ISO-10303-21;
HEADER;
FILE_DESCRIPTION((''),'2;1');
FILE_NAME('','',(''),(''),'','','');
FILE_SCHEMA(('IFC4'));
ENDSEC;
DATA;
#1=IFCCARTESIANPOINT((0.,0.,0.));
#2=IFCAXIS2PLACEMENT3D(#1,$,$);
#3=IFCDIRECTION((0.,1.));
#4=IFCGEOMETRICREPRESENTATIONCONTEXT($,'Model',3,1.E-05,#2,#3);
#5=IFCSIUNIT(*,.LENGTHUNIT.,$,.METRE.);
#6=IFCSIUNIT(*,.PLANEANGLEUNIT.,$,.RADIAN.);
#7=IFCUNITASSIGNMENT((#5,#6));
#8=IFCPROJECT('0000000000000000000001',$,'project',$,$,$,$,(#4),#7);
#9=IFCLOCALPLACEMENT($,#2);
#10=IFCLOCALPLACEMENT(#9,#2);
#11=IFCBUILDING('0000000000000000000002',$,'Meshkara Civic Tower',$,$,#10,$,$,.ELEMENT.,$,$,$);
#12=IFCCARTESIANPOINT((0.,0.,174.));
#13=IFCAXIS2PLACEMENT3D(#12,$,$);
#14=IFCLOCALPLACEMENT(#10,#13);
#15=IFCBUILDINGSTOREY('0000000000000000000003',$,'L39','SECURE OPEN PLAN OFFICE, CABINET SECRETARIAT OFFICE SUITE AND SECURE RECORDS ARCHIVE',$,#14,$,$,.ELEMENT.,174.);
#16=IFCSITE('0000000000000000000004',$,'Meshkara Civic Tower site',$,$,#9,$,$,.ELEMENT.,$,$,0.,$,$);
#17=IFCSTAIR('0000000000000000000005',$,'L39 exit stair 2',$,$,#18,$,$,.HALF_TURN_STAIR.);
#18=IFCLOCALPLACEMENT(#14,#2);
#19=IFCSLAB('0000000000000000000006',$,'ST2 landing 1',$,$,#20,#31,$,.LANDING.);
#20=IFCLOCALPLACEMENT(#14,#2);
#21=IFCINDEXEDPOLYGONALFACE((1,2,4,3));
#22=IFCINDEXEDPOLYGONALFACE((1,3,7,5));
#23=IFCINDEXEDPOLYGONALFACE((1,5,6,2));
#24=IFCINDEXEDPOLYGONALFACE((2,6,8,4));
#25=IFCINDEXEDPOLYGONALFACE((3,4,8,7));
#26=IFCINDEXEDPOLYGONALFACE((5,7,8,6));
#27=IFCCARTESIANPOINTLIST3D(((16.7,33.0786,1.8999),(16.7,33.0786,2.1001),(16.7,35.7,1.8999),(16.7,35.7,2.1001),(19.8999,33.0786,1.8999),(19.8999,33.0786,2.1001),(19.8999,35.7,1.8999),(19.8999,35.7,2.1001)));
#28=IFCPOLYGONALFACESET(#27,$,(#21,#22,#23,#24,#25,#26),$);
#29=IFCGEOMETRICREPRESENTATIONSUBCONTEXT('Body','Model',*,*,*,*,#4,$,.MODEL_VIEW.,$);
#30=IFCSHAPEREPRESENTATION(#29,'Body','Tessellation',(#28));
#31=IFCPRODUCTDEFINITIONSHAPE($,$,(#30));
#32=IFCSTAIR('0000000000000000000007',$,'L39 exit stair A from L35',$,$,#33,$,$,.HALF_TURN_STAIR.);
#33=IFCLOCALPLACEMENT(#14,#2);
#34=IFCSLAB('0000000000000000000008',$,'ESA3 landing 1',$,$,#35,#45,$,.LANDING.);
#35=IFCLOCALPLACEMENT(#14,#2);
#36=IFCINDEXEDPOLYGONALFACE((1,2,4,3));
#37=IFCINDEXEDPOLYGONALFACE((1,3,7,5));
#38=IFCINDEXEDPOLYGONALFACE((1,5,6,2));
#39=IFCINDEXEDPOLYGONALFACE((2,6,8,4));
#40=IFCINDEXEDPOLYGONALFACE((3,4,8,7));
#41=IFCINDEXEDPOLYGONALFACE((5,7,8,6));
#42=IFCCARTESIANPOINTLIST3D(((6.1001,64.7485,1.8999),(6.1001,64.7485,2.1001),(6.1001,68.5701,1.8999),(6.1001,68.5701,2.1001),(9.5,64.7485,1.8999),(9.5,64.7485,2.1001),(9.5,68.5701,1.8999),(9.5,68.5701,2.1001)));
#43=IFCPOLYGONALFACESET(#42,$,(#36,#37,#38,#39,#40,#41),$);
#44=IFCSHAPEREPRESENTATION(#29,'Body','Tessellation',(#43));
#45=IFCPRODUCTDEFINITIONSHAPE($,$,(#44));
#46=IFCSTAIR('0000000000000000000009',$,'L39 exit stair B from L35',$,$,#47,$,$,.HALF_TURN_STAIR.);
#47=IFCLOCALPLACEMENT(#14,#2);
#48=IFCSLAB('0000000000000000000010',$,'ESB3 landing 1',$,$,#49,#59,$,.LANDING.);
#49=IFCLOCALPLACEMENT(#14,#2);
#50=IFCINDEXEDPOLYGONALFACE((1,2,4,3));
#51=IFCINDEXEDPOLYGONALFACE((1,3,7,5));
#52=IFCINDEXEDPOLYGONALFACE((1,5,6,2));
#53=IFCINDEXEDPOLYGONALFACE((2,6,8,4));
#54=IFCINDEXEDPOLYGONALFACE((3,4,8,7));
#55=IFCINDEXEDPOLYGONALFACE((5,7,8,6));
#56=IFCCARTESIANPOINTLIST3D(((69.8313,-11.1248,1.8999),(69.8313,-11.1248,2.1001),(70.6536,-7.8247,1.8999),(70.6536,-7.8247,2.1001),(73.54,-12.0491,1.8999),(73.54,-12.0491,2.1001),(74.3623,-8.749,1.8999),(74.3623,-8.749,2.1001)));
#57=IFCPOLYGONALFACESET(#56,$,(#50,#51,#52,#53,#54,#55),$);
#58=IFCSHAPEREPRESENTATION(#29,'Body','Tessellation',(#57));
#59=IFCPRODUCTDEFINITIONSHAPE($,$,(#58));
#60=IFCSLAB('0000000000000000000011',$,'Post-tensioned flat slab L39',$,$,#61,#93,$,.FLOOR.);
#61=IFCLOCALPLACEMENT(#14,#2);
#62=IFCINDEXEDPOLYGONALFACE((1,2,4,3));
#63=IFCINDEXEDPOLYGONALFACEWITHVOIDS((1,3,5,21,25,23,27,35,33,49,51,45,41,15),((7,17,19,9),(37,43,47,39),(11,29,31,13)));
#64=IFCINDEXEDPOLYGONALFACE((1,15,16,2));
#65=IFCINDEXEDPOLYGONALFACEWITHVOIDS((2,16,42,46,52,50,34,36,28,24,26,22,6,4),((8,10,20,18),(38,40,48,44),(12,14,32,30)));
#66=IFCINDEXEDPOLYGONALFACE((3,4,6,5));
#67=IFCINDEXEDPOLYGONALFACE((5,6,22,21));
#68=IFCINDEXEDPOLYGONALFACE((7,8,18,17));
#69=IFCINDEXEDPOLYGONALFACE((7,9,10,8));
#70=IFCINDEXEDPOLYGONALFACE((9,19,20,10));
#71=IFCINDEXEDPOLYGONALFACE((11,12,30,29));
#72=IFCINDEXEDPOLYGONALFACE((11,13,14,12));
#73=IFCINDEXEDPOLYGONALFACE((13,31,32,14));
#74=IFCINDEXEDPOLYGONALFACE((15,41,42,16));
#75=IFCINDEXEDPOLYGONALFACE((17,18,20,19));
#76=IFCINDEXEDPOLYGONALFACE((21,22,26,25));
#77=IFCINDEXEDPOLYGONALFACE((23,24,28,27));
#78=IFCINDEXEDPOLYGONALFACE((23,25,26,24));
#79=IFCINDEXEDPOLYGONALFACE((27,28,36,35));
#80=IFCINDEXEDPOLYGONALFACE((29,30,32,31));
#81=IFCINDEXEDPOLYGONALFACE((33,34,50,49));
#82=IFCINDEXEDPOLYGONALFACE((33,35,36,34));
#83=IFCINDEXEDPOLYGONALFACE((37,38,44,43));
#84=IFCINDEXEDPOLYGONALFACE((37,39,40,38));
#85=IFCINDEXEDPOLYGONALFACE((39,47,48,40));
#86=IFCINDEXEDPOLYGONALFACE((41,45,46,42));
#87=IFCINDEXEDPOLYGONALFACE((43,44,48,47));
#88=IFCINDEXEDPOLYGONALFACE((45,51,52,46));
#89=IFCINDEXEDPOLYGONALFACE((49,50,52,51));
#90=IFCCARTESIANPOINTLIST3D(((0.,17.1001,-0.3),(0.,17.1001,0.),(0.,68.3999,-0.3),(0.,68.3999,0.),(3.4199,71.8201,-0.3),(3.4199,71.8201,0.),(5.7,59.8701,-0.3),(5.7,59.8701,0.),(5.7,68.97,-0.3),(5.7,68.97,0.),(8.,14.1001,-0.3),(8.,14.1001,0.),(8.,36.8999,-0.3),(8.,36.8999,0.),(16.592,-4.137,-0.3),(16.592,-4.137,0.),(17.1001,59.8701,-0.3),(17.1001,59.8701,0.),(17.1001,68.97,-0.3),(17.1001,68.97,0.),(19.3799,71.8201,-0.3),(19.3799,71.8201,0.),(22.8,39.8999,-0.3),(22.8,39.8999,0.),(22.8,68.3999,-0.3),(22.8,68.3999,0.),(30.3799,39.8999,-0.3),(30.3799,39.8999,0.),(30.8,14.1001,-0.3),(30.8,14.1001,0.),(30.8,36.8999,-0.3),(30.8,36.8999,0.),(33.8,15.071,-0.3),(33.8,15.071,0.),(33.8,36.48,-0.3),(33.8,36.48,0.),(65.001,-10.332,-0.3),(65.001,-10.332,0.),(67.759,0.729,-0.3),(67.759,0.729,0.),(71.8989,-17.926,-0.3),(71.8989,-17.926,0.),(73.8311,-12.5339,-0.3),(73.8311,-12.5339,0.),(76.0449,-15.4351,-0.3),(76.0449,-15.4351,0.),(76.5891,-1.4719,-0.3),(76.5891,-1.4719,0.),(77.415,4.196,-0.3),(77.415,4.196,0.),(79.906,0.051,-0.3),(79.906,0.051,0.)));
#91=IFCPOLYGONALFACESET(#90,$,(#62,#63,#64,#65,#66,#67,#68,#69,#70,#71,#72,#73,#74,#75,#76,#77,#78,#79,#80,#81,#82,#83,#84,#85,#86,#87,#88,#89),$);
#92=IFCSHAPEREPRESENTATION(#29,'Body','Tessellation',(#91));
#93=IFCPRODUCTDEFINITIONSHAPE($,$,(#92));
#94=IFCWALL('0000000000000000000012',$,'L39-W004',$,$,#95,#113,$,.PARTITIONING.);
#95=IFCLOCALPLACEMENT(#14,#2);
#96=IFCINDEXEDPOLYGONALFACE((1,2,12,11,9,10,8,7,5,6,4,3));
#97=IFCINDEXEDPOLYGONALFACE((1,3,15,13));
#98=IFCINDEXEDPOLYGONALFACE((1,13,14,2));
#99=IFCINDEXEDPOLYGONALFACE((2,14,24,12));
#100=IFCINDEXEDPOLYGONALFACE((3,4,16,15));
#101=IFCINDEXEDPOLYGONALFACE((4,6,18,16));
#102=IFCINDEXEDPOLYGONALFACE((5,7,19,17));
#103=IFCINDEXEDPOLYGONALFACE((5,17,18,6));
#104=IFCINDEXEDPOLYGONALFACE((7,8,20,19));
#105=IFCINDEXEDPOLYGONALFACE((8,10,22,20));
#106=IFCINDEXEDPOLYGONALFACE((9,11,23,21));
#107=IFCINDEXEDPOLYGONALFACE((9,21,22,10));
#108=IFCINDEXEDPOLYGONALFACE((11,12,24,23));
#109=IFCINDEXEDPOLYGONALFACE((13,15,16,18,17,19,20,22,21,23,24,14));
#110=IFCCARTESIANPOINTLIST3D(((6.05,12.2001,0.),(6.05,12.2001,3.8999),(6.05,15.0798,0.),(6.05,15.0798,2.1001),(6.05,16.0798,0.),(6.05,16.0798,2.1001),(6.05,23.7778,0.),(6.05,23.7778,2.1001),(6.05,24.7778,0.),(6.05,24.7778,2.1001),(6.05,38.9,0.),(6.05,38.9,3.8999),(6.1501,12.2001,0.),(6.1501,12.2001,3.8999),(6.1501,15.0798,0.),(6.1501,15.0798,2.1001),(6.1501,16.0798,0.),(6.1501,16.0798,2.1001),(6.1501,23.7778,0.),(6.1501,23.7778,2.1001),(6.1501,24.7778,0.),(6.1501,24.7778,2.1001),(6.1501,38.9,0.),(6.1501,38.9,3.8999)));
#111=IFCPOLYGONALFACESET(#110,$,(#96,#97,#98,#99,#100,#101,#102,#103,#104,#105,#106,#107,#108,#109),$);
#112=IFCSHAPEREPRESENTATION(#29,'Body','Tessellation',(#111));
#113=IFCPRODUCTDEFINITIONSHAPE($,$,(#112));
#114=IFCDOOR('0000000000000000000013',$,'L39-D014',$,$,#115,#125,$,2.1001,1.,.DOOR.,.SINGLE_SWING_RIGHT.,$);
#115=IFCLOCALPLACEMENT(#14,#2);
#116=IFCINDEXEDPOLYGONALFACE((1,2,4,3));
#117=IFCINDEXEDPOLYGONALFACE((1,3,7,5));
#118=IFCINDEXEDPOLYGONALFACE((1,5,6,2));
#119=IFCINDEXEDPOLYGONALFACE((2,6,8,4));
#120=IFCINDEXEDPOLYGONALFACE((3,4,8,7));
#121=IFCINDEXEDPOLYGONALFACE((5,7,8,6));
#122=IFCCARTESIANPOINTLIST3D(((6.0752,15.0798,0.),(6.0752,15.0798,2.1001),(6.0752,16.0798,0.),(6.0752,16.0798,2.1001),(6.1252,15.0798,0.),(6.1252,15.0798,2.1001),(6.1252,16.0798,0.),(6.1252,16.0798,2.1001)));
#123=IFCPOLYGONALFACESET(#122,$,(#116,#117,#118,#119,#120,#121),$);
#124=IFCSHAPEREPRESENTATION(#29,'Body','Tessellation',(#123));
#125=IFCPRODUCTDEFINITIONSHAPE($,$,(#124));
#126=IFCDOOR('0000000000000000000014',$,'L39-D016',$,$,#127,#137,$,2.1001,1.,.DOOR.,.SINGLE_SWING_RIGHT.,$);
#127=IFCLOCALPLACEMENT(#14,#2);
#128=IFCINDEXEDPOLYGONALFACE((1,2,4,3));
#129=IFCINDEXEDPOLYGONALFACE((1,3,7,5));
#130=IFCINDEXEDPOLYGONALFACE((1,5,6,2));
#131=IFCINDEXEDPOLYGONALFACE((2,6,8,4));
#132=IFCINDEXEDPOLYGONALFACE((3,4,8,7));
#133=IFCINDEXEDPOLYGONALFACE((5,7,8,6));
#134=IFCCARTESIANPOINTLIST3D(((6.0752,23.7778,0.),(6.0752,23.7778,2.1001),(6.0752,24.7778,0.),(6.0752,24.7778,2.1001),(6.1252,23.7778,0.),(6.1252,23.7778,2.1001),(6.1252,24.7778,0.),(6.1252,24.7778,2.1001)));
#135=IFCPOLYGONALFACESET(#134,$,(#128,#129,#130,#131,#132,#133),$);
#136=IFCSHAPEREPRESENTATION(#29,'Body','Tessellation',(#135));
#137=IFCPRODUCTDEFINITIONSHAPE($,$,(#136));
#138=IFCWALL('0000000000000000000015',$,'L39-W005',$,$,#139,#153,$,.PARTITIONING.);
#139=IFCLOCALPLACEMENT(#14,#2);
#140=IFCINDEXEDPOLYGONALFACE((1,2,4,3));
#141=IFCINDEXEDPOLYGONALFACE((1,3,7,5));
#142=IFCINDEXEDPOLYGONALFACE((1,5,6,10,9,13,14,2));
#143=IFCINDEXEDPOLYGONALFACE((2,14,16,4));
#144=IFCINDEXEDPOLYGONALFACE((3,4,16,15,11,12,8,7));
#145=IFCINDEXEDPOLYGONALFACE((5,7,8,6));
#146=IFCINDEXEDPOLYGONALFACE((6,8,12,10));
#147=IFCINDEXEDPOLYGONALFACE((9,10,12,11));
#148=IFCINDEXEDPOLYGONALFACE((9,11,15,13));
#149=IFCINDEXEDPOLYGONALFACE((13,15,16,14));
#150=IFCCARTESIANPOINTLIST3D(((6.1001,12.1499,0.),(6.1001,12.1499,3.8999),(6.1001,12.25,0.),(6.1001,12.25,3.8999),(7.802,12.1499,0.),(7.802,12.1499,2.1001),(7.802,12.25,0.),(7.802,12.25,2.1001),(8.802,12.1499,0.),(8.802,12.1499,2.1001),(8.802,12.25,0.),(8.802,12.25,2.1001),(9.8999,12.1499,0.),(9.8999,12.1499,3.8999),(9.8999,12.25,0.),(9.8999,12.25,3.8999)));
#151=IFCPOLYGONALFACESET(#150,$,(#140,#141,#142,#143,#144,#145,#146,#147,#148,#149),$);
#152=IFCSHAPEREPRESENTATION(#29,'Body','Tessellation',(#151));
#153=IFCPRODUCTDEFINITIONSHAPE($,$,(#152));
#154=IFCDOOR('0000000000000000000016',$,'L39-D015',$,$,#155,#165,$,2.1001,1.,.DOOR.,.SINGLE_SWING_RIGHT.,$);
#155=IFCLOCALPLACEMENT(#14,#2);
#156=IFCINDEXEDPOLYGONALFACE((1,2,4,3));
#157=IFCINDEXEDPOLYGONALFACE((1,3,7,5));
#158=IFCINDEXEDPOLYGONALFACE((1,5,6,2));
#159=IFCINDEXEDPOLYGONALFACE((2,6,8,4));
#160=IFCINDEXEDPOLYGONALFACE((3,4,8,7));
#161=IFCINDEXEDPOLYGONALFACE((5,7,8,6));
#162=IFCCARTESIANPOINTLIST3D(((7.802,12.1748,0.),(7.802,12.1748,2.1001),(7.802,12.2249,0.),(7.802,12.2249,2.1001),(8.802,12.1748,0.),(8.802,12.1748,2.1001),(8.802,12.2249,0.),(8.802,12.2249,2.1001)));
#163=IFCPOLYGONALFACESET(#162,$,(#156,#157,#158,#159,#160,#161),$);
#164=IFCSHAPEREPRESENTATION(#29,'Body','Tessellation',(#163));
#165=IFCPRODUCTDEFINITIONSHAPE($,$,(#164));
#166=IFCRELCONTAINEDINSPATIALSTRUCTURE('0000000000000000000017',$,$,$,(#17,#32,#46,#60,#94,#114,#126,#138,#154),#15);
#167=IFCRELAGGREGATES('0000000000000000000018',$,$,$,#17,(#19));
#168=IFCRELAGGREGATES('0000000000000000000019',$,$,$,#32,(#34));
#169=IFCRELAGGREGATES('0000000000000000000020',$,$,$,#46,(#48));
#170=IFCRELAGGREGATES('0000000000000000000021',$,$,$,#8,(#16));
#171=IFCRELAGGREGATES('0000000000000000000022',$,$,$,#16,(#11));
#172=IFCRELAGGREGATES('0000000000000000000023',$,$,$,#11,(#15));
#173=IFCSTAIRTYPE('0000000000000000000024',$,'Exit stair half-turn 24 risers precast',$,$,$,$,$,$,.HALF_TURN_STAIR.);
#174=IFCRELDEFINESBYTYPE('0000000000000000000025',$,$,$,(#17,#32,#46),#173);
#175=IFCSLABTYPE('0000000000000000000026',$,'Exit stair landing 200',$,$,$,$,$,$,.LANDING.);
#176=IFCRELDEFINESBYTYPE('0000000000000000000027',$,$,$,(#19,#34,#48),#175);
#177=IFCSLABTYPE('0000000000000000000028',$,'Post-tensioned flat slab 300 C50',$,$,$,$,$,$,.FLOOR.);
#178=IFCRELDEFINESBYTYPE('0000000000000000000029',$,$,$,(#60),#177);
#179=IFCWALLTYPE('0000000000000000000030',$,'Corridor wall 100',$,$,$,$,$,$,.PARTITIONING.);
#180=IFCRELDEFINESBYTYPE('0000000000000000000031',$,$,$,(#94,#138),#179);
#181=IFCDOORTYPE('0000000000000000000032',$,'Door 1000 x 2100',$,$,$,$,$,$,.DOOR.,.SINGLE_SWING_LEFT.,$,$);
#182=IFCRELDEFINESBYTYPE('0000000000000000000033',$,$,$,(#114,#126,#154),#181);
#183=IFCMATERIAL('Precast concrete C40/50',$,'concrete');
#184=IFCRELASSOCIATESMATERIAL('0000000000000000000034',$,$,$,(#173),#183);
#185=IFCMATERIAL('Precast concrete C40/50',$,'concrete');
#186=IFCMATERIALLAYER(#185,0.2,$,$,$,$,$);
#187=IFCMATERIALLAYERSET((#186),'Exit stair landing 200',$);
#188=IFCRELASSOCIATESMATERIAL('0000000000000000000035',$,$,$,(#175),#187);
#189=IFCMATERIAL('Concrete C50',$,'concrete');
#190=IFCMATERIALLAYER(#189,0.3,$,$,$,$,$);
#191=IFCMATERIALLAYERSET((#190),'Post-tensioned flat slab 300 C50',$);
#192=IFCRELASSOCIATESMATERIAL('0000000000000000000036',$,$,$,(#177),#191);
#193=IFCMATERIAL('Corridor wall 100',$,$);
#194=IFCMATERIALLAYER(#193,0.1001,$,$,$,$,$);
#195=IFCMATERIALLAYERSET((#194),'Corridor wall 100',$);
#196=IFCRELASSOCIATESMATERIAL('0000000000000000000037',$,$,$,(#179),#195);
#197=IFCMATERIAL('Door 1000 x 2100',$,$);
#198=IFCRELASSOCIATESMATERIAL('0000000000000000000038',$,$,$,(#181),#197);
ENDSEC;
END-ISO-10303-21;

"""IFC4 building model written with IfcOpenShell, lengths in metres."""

from ifc_helpers import new_model, si_unit, direction, frame, frame_2d, origin, place, context, subcontext, project, spatial, polyline, rectangle, outline, extrude, material, layer, layer_set, type_object, element, fill, aggregate, save


model = new_model("IFC4")

# Units and contexts
model_context = context("Model", 3, precision=1e-05, world=origin(), true_north=direction((0.0, 1.0)))
body_context = subcontext(model_context, "Body", "Model", "MODEL_VIEW")
ifc_project = project(units=[si_unit("LENGTHUNIT", "METRE"), si_unit("PLANEANGLEUNIT", "RADIAN")], contexts=[model_context])

# Site, building, storey
site_placement = place(None, origin())
site = spatial("IfcSite", under=ifc_project, at=site_placement, Name="Meshkara Civic Tower site", CompositionType="ELEMENT", RefElevation=0.0)
building_placement = place(site_placement, origin())
building = spatial("IfcBuilding", under=site, at=building_placement, Name="Meshkara Civic Tower", CompositionType="ELEMENT")
storey_placement = place(building_placement, frame((0.0, 0.0, 174.0)))
storey = spatial("IfcBuildingStorey", under=building, at=storey_placement, Name="L39", Description="SECURE OPEN PLAN OFFICE, CABINET SECRETARIAT OFFICE SUITE AND SECURE RECORDS ARCHIVE", CompositionType="ELEMENT", Elevation=174.0)

# Stairs, slabs
ifc_material_1 = material(Name="Precast concrete C40/50", Category="concrete")
stair_type = type_object("IfcStairType", Name="Exit stair half-turn 24 risers precast", PredefinedType="HALF_TURN_STAIR", material=ifc_material_1)
ifc_material_2 = material(Name="Precast concrete C40/50", Category="concrete")
ifc_layer_1 = layer(ifc_material_2, 0.2)
ifc_layer_set_1 = layer_set([ifc_layer_1], Name="Exit stair landing 200")
slab_type_1 = type_object("IfcSlabType", Name="Exit stair landing 200", PredefinedType="LANDING", material=ifc_layer_set_1)
stair_1_placement = place(storey_placement, origin())
stair_1 = element("IfcStair", 1, at=stair_1_placement, inside=storey, type_object=stair_type, Name="L39 exit stair 2", PredefinedType="HALF_TURN_STAIR")
slab_1_placement = place(storey_placement, frame((0.0, 0.0, 1.8999)))
slab_1 = element("IfcSlab", 2, at=slab_1_placement, type_object=slab_type_1, Name="ST2 landing 1", PredefinedType="LANDING", context=body_context, shape_type="SweptSolid", body=[
    extrude(outline(polyline([(19.8999, 33.0786), (19.8999, 35.7), (16.7, 35.7), (16.7, 33.0786), (19.8999, 33.0786)])), origin(), (0.0, 0.0, 1.0), 0.2002),
])
aggregate(stair_1, [slab_1])
stair_2_placement = place(storey_placement, origin())
stair_2 = element("IfcStair", 3, at=stair_2_placement, inside=storey, type_object=stair_type, Name="L39 exit stair A from L35", PredefinedType="HALF_TURN_STAIR")
slab_2_placement = place(storey_placement, frame((0.0, 0.0, 1.8999)))
slab_2 = element("IfcSlab", 4, at=slab_2_placement, type_object=slab_type_1, Name="ESA3 landing 1", PredefinedType="LANDING", context=body_context, shape_type="SweptSolid", body=[
    extrude(outline(polyline([(9.5, 64.7485), (9.5, 68.5701), (6.1001, 68.5701), (6.1001, 64.7485), (9.5, 64.7485)])), origin(), (0.0, 0.0, 1.0), 0.2002),
])
aggregate(stair_2, [slab_2])
stair_3_placement = place(storey_placement, origin())
stair_3 = element("IfcStair", 5, at=stair_3_placement, inside=storey, type_object=stair_type, Name="L39 exit stair B from L35", PredefinedType="HALF_TURN_STAIR")
slab_3_placement = place(storey_placement, frame((0.0, 0.0, 1.8999)))
slab_3 = element("IfcSlab", 6, at=slab_3_placement, type_object=slab_type_1, Name="ESB3 landing 1", PredefinedType="LANDING", context=body_context, shape_type="SweptSolid", body=[
    extrude(outline(polyline([(69.8313, -11.1248), (73.54, -12.0491), (74.3623, -8.749), (70.6536, -7.8247), (69.8313, -11.1248)])), origin(), (0.0, 0.0, 1.0), 0.2002),
])
aggregate(stair_3, [slab_3])

# Slab
ifc_material_3 = material(Name="Concrete C50", Category="concrete")
ifc_layer_2 = layer(ifc_material_3, 0.3)
ifc_layer_set_2 = layer_set([ifc_layer_2], Name="Post-tensioned flat slab 300 C50")
slab_type_2 = type_object("IfcSlabType", Name="Post-tensioned flat slab 300 C50", PredefinedType="FLOOR", material=ifc_layer_set_2)
slab_4_placement = place(storey_placement, frame((0.0, 0.0, -0.3)))
element("IfcSlab", 7, at=slab_4_placement, inside=storey, type_object=slab_type_2, Name="Post-tensioned flat slab L39", PredefinedType="FLOOR", context=body_context, shape_type="SweptSolid", body=[
    extrude(outline(polyline([(76.0449, -15.4351), (71.8989, -17.926), (16.592, -4.137), (0.0, 17.1001), (0.0, 68.3999), (3.4199, 71.8201), (19.3799, 71.8201), (22.8, 68.3999), (22.8, 39.8999), (30.3799, 39.8999), (33.8, 36.48), (33.8, 15.071), (77.415, 4.196), (79.906, 0.051), (76.0449, -15.4351)]), holes=[polyline([(73.8311, -12.5339), (76.5891, -1.4719), (67.759, 0.729), (65.001, -10.332), (73.8311, -12.5339)]), polyline([(8.0, 14.1001), (30.8, 14.1001), (30.8, 36.8999), (8.0, 36.8999), (8.0, 14.1001)]), polyline([(5.7, 68.97), (5.7, 59.8701), (17.1001, 59.8701), (17.1001, 68.97), (5.7, 68.97)])]), origin(), (0.0, 0.0, 1.0), 0.3),
])

# Wall, openings, doors
ifc_material_4 = material(Name="Corridor wall 100")
ifc_layer_3 = layer(ifc_material_4, 0.1001)
ifc_layer_set_3 = layer_set([ifc_layer_3], Name="Corridor wall 100")
wall_type_1 = type_object("IfcWallType", Name="Corridor wall 100", PredefinedType="PARTITIONING", material=ifc_layer_set_3)
wall_1_placement = place(storey_placement, frame((6.1001, 12.2, 0.0), z_axis=(0.0, 0.0, 1.0), x_axis=(0.0, 1.0, 0.0)))
wall_1 = element("IfcWall", 8, at=wall_1_placement, inside=storey, type_object=wall_type_1, Name="L39-W004", PredefinedType="PARTITIONING", context=body_context, shape_type="SweptSolid", body=[
    extrude(rectangle(XDim=26.7, YDim=0.1001, at=frame_2d((13.3501, 0.0))), origin(), (0.0, 0.0, 1.0), 3.8999),
])
opening_1_placement = place(wall_1_placement, frame((2.8799, 0.0, 0.0)))
opening_1 = element("IfcOpeningElement", 9, at=opening_1_placement, cuts=wall_1, PredefinedType="OPENING", context=body_context, shape_type="SweptSolid", body=[
    extrude(rectangle(XDim=1.0, YDim=2.1001, at=frame_2d((0.5, 1.05))), frame((0.0, 0.0601, 0.0), z_axis=(0.0, -1.0, 0.0), x_axis=(1.0, 0.0, 0.0)), (0.0, 0.0, 1.0), 0.1201),
])
opening_2_placement = place(wall_1_placement, frame((11.5779, 0.0, 0.0)))
opening_2 = element("IfcOpeningElement", 10, at=opening_2_placement, cuts=wall_1, PredefinedType="OPENING", context=body_context, shape_type="SweptSolid", body=[
    extrude(rectangle(XDim=1.0, YDim=2.1001, at=frame_2d((0.5, 1.05))), frame((0.0, 0.0601, 0.0), z_axis=(0.0, -1.0, 0.0), x_axis=(1.0, 0.0, 0.0)), (0.0, 0.0, 1.0), 0.1201),
])
ifc_material_5 = material(Name="Door 1000 x 2100")
door_type_1 = type_object("IfcDoorType", Name="Door 1000 x 2100", OperationType="SINGLE_SWING_LEFT", PredefinedType="DOOR", material=ifc_material_5)
door_1_placement = place(opening_1_placement, origin())
door_1 = element("IfcDoor", 11, at=door_1_placement, inside=storey, type_object=door_type_1, Name="L39-D014", OperationType="SINGLE_SWING_RIGHT", OverallHeight=2.1001, OverallWidth=1.0, PredefinedType="DOOR", context=body_context, shape_type="SweptSolid", body=[
    extrude(rectangle(XDim=1.0, YDim=2.1001, at=frame_2d((0.5, 1.05))), frame((0.0, 0.0249, 0.0), z_axis=(0.0, -1.0, 0.0), x_axis=(1.0, 0.0, 0.0)), (0.0, 0.0, 1.0), 0.05),
])
fill(opening_1, door_1)
door_2_placement = place(opening_2_placement, origin())
door_2 = element("IfcDoor", 12, at=door_2_placement, inside=storey, type_object=door_type_1, Name="L39-D016", OperationType="SINGLE_SWING_RIGHT", OverallHeight=2.1001, OverallWidth=1.0, PredefinedType="DOOR", context=body_context, shape_type="SweptSolid", body=[
    extrude(rectangle(XDim=1.0, YDim=2.1001, at=frame_2d((0.5, 1.05))), frame((0.0, 0.0249, 0.0), z_axis=(0.0, -1.0, 0.0), x_axis=(1.0, 0.0, 0.0)), (0.0, 0.0, 1.0), 0.05),
])
fill(opening_2, door_2)

# Wall, opening, door
wall_2_placement = place(storey_placement, frame((6.1001, 12.2, 0.0), z_axis=(0.0, 0.0, 1.0), x_axis=(1.0, 0.0, 0.0)))
wall_2 = element("IfcWall", 13, at=wall_2_placement, inside=storey, type_object=wall_type_1, Name="L39-W005", PredefinedType="PARTITIONING", context=body_context, shape_type="SweptSolid", body=[
    extrude(rectangle(XDim=3.7998, YDim=0.1001, at=frame_2d((1.8999, 0.0))), origin(), (0.0, 0.0, 1.0), 3.8999),
])
opening_3_placement = place(wall_2_placement, frame((1.7019, 0.0, 0.0)))
opening_3 = element("IfcOpeningElement", 14, at=opening_3_placement, cuts=wall_2, PredefinedType="OPENING", context=body_context, shape_type="SweptSolid", body=[
    extrude(rectangle(XDim=1.0, YDim=2.1001, at=frame_2d((0.5, 1.05))), frame((0.0, 0.0601, 0.0), z_axis=(0.0, -1.0, 0.0), x_axis=(1.0, 0.0, 0.0)), (0.0, 0.0, 1.0), 0.1201),
])
door_3_placement = place(opening_3_placement, origin())
door_3 = element("IfcDoor", 15, at=door_3_placement, inside=storey, type_object=door_type_1, Name="L39-D015", OperationType="SINGLE_SWING_RIGHT", OverallHeight=2.1001, OverallWidth=1.0, PredefinedType="DOOR", context=body_context, shape_type="SweptSolid", body=[
    extrude(rectangle(XDim=1.0, YDim=2.1001, at=frame_2d((0.5, 1.05))), frame((0.0, 0.0249, 0.0), z_axis=(0.0, -1.0, 0.0), x_axis=(1.0, 0.0, 0.0)), (0.0, 0.0, 1.0), 0.05),
])
fill(opening_3, door_3)

save(model, "model.ifc")
